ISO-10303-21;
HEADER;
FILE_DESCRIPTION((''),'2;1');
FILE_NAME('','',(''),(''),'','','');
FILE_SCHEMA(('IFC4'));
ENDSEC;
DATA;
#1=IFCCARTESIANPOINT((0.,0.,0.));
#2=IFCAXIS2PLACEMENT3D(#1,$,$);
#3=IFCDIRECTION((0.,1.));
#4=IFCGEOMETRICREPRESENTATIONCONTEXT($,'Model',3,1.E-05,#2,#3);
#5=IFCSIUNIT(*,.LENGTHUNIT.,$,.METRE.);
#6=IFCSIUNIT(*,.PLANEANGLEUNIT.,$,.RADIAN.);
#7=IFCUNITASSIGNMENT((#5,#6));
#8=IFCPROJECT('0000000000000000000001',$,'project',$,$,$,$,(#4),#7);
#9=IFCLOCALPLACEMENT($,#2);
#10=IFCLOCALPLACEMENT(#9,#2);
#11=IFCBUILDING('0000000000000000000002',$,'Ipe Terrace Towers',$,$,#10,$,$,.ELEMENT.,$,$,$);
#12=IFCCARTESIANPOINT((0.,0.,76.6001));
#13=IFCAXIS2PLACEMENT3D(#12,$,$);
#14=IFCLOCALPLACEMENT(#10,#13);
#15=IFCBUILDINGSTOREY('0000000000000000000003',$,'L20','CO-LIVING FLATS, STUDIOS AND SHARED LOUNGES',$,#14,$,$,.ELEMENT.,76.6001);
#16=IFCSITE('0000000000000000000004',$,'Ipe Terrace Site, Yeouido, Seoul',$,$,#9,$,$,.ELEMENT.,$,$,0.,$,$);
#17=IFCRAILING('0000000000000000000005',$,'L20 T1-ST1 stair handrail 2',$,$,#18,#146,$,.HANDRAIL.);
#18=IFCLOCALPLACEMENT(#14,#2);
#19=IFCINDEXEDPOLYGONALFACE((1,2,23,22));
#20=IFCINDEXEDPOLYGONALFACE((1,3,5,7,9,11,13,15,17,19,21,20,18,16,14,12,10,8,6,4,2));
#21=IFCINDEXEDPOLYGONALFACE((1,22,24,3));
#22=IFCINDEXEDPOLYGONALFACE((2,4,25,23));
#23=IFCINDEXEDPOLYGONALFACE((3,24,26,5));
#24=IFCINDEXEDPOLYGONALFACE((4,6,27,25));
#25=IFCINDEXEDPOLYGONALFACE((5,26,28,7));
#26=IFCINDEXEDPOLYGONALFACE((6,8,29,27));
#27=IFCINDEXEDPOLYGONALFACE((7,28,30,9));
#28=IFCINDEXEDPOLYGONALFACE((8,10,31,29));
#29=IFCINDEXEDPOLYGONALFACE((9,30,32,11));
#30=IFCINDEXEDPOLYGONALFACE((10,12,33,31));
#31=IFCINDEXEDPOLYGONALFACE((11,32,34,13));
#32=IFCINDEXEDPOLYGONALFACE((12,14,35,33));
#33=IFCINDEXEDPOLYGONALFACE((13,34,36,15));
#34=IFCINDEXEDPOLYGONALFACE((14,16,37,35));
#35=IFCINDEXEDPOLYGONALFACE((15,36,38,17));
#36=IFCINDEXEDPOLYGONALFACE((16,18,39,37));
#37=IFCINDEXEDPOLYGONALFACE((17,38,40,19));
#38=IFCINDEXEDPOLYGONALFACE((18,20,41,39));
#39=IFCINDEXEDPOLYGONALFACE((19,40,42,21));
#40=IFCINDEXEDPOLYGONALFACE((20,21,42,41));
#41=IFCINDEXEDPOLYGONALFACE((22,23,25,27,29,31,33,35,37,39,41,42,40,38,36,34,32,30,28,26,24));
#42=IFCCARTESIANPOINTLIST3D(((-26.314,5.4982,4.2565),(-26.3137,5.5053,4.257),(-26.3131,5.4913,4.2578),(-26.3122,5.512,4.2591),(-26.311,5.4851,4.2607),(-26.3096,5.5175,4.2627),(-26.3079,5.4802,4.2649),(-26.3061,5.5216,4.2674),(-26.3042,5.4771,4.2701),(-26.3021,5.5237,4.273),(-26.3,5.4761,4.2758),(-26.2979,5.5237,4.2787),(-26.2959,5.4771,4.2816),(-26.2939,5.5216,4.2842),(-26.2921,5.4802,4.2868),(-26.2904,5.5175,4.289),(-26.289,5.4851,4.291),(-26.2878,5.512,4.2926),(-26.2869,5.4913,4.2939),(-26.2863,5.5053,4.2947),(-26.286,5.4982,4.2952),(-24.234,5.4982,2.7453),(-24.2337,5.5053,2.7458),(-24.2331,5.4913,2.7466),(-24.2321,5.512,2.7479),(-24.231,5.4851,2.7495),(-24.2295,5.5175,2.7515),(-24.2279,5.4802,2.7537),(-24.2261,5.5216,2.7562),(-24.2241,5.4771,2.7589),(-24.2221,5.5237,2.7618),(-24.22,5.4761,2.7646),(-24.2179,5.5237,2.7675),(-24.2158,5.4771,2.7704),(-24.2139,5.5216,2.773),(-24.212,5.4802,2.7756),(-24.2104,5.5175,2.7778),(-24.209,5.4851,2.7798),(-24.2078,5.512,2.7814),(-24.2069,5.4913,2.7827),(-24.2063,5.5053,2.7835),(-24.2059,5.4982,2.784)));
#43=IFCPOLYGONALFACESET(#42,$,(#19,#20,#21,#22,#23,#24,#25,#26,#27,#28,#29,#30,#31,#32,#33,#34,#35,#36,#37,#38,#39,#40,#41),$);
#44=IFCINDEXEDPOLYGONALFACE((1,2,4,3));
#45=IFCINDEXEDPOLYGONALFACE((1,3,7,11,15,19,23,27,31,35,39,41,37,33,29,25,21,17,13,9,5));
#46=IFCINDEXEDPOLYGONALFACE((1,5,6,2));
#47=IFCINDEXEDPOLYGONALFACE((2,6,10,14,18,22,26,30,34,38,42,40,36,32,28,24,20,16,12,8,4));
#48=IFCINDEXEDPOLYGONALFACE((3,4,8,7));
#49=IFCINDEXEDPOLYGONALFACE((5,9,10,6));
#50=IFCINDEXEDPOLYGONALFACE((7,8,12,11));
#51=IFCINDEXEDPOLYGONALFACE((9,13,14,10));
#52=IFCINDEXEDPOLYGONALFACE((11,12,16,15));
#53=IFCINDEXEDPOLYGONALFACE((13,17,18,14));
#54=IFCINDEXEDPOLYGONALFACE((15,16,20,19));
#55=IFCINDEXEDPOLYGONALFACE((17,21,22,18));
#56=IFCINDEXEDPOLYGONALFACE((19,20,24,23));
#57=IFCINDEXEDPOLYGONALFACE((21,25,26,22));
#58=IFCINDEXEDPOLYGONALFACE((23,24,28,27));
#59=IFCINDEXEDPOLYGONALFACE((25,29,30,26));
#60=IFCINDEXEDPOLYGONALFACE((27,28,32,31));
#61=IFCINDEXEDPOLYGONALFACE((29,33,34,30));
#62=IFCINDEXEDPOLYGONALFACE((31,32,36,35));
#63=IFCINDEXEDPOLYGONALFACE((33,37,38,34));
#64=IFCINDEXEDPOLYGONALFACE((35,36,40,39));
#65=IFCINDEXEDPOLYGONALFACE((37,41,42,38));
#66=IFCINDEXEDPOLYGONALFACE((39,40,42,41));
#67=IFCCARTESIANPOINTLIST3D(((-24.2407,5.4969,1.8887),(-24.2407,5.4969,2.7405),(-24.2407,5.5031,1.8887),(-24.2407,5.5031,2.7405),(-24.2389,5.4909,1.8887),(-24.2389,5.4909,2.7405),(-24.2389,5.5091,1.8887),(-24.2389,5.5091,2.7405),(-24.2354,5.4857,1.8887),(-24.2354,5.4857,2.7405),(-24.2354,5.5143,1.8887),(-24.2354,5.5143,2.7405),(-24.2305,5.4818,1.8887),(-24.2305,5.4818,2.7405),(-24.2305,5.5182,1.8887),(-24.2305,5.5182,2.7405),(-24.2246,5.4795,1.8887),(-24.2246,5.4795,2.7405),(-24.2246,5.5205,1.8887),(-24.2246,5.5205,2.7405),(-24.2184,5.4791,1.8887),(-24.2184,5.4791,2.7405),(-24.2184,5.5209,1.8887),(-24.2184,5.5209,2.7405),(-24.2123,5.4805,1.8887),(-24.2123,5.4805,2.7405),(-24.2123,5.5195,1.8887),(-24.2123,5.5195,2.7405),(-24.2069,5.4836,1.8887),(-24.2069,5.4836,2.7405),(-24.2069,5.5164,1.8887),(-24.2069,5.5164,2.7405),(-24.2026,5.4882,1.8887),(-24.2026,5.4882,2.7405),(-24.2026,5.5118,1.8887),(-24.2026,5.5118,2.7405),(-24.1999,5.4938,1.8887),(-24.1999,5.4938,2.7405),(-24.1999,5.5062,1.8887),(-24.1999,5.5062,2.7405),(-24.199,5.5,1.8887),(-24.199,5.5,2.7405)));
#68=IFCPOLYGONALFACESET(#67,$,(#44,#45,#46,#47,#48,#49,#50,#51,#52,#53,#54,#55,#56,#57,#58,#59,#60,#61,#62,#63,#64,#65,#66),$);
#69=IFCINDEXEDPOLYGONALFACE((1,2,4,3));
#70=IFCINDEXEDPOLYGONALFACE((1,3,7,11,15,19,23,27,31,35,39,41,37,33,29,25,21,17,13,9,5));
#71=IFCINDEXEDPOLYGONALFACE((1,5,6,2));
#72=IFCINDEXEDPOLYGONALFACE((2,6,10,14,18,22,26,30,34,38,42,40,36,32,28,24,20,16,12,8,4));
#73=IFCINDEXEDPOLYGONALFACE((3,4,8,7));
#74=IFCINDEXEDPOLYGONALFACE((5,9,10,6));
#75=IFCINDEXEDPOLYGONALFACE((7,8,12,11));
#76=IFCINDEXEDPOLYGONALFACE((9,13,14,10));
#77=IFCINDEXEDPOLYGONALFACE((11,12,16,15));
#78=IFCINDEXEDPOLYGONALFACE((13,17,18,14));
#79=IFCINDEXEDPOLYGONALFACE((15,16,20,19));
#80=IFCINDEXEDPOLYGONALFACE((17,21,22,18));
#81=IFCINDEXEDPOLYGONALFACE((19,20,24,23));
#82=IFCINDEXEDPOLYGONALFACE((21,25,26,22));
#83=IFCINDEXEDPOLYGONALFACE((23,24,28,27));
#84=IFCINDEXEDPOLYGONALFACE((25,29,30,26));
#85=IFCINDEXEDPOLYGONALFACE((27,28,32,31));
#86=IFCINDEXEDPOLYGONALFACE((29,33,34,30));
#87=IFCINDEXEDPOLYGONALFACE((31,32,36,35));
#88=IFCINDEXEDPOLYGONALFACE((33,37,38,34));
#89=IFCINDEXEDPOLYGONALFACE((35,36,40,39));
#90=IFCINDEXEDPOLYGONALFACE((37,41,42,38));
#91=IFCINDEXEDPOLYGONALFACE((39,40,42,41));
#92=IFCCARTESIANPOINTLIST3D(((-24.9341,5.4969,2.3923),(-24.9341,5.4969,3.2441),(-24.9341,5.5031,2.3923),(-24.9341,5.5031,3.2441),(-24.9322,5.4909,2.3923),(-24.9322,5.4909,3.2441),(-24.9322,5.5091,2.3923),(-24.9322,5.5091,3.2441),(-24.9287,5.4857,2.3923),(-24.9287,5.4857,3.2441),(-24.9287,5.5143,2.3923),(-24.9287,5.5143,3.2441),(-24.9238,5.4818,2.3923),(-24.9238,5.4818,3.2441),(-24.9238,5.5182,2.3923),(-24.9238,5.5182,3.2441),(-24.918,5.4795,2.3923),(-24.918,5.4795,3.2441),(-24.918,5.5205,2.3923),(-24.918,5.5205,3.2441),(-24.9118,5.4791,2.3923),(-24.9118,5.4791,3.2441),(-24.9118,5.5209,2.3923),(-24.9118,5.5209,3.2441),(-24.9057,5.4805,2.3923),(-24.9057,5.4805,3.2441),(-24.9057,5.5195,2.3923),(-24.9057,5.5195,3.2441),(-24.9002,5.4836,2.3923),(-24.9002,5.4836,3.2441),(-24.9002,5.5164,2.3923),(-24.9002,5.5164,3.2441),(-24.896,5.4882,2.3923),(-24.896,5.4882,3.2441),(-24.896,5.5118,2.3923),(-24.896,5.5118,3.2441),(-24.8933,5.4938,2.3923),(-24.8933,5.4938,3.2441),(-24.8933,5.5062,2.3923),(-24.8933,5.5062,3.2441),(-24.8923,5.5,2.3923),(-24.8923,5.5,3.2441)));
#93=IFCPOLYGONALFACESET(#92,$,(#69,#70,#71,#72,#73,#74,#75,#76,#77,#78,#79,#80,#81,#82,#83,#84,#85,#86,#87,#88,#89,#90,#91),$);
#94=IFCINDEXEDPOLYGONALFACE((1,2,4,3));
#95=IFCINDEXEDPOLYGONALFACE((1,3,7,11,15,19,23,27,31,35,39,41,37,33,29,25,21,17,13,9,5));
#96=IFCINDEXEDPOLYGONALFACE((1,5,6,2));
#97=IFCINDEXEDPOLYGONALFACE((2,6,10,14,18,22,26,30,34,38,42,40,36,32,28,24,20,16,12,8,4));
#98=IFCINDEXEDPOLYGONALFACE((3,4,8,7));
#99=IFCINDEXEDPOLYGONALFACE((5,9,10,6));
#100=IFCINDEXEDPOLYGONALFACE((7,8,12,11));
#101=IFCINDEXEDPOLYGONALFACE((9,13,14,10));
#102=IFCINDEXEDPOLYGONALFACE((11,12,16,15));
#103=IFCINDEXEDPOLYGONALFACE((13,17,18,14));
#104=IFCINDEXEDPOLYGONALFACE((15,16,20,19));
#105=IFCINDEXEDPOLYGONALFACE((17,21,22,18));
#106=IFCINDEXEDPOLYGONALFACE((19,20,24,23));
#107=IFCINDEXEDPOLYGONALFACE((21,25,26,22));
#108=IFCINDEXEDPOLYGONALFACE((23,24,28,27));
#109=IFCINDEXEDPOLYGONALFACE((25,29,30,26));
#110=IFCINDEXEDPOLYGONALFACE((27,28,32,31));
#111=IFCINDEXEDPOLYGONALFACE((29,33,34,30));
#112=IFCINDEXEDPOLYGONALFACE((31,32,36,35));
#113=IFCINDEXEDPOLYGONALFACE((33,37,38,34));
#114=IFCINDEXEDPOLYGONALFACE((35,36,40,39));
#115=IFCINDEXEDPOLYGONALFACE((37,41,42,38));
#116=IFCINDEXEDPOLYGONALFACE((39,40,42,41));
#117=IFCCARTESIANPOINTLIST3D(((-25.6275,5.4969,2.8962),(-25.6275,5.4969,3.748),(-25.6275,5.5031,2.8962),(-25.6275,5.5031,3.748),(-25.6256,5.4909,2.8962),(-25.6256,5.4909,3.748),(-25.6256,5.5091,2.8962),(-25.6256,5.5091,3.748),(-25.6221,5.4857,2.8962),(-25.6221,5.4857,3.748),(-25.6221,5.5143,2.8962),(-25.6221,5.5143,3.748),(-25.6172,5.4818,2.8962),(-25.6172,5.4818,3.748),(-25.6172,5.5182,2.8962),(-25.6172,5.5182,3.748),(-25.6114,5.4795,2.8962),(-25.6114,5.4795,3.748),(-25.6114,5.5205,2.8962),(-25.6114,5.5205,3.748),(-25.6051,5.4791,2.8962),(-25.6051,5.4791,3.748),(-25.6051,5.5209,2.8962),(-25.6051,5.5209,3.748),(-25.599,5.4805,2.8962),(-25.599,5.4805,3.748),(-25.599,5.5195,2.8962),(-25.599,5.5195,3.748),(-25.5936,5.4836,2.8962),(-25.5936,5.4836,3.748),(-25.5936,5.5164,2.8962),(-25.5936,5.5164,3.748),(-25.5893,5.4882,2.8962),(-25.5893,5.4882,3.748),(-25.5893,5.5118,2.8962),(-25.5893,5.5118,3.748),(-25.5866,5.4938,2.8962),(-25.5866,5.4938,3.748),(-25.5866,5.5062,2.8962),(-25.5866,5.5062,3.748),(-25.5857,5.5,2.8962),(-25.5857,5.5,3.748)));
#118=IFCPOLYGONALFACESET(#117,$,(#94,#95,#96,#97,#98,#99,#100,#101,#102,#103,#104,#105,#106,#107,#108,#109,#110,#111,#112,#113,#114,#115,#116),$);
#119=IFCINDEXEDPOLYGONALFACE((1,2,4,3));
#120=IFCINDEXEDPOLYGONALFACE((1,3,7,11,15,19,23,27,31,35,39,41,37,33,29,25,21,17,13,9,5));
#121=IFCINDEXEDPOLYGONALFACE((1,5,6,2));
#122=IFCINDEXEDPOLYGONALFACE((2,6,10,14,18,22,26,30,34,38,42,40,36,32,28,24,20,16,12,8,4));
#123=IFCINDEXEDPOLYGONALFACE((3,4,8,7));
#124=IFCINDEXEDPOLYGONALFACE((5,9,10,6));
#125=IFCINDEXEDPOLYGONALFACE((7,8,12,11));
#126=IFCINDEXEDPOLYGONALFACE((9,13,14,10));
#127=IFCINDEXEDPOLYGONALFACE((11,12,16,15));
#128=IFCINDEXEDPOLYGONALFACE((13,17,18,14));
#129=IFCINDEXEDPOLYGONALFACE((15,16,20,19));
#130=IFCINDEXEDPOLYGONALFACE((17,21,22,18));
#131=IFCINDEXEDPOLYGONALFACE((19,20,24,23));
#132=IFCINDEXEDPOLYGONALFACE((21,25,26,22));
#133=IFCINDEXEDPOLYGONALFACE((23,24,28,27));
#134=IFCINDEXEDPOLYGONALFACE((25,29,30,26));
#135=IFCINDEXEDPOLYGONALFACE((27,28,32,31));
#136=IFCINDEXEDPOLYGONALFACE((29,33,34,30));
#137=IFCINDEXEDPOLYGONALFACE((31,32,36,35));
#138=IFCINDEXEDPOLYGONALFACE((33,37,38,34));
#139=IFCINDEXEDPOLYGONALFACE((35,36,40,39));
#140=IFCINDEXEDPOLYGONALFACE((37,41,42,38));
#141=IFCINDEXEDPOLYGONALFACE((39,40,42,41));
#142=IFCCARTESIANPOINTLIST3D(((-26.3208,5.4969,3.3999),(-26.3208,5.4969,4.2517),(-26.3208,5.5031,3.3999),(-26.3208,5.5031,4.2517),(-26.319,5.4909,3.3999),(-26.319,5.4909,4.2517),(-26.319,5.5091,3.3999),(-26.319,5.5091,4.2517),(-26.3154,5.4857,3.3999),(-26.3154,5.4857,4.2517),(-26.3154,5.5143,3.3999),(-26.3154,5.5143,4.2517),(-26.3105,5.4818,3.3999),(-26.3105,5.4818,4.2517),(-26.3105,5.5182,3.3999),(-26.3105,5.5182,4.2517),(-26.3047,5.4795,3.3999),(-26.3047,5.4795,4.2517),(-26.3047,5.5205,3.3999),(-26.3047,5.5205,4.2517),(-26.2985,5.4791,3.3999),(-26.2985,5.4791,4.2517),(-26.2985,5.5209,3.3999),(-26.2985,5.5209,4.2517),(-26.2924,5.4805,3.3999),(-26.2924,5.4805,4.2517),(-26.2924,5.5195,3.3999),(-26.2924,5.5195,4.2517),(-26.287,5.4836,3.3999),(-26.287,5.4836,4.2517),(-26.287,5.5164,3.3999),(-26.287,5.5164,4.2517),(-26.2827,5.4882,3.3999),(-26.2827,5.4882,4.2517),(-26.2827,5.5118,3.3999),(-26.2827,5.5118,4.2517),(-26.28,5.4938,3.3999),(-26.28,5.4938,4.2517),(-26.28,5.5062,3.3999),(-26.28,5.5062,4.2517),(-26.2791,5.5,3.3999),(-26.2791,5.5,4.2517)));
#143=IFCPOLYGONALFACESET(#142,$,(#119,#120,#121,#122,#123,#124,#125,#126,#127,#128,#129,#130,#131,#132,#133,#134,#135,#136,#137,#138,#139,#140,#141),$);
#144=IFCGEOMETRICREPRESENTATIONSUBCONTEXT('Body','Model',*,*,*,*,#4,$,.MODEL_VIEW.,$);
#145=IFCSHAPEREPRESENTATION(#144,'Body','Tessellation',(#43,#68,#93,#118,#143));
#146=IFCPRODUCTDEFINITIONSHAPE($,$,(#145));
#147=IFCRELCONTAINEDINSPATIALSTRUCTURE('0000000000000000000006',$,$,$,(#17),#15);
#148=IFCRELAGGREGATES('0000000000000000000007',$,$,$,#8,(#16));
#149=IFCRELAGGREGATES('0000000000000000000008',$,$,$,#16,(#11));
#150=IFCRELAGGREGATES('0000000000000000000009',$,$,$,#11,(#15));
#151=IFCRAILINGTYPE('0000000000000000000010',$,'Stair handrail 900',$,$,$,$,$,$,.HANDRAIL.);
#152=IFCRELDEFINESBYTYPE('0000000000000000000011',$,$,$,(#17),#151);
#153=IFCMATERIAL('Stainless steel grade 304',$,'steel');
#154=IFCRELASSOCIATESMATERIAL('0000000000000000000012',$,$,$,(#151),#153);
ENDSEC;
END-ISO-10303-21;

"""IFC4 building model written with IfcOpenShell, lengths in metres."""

from ifc_helpers import new_model, si_unit, direction, frame, origin, origin_2d, place, context, subcontext, project, spatial, circle, extrude, material, type_object, element, save


model = new_model("IFC4")

# Units and contexts
model_context = context("Model", 3, precision=1e-05, world=origin(), true_north=direction((0.0, 1.0)))
body_context = subcontext(model_context, "Body", "Model", "MODEL_VIEW")
ifc_project = project(units=[si_unit("LENGTHUNIT", "METRE"), si_unit("PLANEANGLEUNIT", "RADIAN")], contexts=[model_context])

# Site, building, storey
site_placement = place(None, origin())
site = spatial("IfcSite", under=ifc_project, at=site_placement, Name="Ipe Terrace Site, Yeouido, Seoul", CompositionType="ELEMENT", RefElevation=0.0)
building_placement = place(site_placement, origin())
building = spatial("IfcBuilding", under=site, at=building_placement, Name="Ipe Terrace Towers", CompositionType="ELEMENT")
storey_placement = place(building_placement, frame((0.0, 0.0, 76.6001)))
storey = spatial("IfcBuildingStorey", under=building, at=storey_placement, Name="L20", Description="CO-LIVING FLATS, STUDIOS AND SHARED LOUNGES", CompositionType="ELEMENT", Elevation=76.6001)

# Railing
ifc_material_1 = material(Name="Stainless steel grade 304", Category="steel")
railing_type_1 = type_object("IfcRailingType", Name="Stair handrail 900", PredefinedType="HANDRAIL", material=ifc_material_1)
railing_1_placement = place(storey_placement, frame((-24.22, 5.5, 1.8887)))
element("IfcRailing", 1, at=railing_1_placement, inside=storey, type_object=railing_type_1, Name="L20 T1-ST1 stair handrail 2", PredefinedType="HANDRAIL", context=body_context, shape_type="SweptSolid", body=[
    extrude(circle(Radius=0.0239, at=origin_2d()), frame((0.0, 0.0, 0.876), z_axis=(-0.809023, 0.0, 0.587776), x_axis=(0.0, -1.0, 0.0)), (0.0, 0.0, 1.0), 2.571),
    extrude(circle(Radius=0.021, at=origin_2d()), origin(), (0.0, 0.0, 1.0), 0.8518),
    extrude(circle(Radius=0.021, at=origin_2d()), frame((-0.6934, 0.0, 0.5037)), (0.0, 0.0, 1.0), 0.8518),
    extrude(circle(Radius=0.021, at=origin_2d()), frame((-1.3867, 0.0, 1.0076)), (0.0, 0.0, 1.0), 0.8518),
    extrude(circle(Radius=0.021, at=origin_2d()), frame((-2.0801, 0.0, 1.5112)), (0.0, 0.0, 1.0), 0.8518),
])

save(model, "model.ifc")
